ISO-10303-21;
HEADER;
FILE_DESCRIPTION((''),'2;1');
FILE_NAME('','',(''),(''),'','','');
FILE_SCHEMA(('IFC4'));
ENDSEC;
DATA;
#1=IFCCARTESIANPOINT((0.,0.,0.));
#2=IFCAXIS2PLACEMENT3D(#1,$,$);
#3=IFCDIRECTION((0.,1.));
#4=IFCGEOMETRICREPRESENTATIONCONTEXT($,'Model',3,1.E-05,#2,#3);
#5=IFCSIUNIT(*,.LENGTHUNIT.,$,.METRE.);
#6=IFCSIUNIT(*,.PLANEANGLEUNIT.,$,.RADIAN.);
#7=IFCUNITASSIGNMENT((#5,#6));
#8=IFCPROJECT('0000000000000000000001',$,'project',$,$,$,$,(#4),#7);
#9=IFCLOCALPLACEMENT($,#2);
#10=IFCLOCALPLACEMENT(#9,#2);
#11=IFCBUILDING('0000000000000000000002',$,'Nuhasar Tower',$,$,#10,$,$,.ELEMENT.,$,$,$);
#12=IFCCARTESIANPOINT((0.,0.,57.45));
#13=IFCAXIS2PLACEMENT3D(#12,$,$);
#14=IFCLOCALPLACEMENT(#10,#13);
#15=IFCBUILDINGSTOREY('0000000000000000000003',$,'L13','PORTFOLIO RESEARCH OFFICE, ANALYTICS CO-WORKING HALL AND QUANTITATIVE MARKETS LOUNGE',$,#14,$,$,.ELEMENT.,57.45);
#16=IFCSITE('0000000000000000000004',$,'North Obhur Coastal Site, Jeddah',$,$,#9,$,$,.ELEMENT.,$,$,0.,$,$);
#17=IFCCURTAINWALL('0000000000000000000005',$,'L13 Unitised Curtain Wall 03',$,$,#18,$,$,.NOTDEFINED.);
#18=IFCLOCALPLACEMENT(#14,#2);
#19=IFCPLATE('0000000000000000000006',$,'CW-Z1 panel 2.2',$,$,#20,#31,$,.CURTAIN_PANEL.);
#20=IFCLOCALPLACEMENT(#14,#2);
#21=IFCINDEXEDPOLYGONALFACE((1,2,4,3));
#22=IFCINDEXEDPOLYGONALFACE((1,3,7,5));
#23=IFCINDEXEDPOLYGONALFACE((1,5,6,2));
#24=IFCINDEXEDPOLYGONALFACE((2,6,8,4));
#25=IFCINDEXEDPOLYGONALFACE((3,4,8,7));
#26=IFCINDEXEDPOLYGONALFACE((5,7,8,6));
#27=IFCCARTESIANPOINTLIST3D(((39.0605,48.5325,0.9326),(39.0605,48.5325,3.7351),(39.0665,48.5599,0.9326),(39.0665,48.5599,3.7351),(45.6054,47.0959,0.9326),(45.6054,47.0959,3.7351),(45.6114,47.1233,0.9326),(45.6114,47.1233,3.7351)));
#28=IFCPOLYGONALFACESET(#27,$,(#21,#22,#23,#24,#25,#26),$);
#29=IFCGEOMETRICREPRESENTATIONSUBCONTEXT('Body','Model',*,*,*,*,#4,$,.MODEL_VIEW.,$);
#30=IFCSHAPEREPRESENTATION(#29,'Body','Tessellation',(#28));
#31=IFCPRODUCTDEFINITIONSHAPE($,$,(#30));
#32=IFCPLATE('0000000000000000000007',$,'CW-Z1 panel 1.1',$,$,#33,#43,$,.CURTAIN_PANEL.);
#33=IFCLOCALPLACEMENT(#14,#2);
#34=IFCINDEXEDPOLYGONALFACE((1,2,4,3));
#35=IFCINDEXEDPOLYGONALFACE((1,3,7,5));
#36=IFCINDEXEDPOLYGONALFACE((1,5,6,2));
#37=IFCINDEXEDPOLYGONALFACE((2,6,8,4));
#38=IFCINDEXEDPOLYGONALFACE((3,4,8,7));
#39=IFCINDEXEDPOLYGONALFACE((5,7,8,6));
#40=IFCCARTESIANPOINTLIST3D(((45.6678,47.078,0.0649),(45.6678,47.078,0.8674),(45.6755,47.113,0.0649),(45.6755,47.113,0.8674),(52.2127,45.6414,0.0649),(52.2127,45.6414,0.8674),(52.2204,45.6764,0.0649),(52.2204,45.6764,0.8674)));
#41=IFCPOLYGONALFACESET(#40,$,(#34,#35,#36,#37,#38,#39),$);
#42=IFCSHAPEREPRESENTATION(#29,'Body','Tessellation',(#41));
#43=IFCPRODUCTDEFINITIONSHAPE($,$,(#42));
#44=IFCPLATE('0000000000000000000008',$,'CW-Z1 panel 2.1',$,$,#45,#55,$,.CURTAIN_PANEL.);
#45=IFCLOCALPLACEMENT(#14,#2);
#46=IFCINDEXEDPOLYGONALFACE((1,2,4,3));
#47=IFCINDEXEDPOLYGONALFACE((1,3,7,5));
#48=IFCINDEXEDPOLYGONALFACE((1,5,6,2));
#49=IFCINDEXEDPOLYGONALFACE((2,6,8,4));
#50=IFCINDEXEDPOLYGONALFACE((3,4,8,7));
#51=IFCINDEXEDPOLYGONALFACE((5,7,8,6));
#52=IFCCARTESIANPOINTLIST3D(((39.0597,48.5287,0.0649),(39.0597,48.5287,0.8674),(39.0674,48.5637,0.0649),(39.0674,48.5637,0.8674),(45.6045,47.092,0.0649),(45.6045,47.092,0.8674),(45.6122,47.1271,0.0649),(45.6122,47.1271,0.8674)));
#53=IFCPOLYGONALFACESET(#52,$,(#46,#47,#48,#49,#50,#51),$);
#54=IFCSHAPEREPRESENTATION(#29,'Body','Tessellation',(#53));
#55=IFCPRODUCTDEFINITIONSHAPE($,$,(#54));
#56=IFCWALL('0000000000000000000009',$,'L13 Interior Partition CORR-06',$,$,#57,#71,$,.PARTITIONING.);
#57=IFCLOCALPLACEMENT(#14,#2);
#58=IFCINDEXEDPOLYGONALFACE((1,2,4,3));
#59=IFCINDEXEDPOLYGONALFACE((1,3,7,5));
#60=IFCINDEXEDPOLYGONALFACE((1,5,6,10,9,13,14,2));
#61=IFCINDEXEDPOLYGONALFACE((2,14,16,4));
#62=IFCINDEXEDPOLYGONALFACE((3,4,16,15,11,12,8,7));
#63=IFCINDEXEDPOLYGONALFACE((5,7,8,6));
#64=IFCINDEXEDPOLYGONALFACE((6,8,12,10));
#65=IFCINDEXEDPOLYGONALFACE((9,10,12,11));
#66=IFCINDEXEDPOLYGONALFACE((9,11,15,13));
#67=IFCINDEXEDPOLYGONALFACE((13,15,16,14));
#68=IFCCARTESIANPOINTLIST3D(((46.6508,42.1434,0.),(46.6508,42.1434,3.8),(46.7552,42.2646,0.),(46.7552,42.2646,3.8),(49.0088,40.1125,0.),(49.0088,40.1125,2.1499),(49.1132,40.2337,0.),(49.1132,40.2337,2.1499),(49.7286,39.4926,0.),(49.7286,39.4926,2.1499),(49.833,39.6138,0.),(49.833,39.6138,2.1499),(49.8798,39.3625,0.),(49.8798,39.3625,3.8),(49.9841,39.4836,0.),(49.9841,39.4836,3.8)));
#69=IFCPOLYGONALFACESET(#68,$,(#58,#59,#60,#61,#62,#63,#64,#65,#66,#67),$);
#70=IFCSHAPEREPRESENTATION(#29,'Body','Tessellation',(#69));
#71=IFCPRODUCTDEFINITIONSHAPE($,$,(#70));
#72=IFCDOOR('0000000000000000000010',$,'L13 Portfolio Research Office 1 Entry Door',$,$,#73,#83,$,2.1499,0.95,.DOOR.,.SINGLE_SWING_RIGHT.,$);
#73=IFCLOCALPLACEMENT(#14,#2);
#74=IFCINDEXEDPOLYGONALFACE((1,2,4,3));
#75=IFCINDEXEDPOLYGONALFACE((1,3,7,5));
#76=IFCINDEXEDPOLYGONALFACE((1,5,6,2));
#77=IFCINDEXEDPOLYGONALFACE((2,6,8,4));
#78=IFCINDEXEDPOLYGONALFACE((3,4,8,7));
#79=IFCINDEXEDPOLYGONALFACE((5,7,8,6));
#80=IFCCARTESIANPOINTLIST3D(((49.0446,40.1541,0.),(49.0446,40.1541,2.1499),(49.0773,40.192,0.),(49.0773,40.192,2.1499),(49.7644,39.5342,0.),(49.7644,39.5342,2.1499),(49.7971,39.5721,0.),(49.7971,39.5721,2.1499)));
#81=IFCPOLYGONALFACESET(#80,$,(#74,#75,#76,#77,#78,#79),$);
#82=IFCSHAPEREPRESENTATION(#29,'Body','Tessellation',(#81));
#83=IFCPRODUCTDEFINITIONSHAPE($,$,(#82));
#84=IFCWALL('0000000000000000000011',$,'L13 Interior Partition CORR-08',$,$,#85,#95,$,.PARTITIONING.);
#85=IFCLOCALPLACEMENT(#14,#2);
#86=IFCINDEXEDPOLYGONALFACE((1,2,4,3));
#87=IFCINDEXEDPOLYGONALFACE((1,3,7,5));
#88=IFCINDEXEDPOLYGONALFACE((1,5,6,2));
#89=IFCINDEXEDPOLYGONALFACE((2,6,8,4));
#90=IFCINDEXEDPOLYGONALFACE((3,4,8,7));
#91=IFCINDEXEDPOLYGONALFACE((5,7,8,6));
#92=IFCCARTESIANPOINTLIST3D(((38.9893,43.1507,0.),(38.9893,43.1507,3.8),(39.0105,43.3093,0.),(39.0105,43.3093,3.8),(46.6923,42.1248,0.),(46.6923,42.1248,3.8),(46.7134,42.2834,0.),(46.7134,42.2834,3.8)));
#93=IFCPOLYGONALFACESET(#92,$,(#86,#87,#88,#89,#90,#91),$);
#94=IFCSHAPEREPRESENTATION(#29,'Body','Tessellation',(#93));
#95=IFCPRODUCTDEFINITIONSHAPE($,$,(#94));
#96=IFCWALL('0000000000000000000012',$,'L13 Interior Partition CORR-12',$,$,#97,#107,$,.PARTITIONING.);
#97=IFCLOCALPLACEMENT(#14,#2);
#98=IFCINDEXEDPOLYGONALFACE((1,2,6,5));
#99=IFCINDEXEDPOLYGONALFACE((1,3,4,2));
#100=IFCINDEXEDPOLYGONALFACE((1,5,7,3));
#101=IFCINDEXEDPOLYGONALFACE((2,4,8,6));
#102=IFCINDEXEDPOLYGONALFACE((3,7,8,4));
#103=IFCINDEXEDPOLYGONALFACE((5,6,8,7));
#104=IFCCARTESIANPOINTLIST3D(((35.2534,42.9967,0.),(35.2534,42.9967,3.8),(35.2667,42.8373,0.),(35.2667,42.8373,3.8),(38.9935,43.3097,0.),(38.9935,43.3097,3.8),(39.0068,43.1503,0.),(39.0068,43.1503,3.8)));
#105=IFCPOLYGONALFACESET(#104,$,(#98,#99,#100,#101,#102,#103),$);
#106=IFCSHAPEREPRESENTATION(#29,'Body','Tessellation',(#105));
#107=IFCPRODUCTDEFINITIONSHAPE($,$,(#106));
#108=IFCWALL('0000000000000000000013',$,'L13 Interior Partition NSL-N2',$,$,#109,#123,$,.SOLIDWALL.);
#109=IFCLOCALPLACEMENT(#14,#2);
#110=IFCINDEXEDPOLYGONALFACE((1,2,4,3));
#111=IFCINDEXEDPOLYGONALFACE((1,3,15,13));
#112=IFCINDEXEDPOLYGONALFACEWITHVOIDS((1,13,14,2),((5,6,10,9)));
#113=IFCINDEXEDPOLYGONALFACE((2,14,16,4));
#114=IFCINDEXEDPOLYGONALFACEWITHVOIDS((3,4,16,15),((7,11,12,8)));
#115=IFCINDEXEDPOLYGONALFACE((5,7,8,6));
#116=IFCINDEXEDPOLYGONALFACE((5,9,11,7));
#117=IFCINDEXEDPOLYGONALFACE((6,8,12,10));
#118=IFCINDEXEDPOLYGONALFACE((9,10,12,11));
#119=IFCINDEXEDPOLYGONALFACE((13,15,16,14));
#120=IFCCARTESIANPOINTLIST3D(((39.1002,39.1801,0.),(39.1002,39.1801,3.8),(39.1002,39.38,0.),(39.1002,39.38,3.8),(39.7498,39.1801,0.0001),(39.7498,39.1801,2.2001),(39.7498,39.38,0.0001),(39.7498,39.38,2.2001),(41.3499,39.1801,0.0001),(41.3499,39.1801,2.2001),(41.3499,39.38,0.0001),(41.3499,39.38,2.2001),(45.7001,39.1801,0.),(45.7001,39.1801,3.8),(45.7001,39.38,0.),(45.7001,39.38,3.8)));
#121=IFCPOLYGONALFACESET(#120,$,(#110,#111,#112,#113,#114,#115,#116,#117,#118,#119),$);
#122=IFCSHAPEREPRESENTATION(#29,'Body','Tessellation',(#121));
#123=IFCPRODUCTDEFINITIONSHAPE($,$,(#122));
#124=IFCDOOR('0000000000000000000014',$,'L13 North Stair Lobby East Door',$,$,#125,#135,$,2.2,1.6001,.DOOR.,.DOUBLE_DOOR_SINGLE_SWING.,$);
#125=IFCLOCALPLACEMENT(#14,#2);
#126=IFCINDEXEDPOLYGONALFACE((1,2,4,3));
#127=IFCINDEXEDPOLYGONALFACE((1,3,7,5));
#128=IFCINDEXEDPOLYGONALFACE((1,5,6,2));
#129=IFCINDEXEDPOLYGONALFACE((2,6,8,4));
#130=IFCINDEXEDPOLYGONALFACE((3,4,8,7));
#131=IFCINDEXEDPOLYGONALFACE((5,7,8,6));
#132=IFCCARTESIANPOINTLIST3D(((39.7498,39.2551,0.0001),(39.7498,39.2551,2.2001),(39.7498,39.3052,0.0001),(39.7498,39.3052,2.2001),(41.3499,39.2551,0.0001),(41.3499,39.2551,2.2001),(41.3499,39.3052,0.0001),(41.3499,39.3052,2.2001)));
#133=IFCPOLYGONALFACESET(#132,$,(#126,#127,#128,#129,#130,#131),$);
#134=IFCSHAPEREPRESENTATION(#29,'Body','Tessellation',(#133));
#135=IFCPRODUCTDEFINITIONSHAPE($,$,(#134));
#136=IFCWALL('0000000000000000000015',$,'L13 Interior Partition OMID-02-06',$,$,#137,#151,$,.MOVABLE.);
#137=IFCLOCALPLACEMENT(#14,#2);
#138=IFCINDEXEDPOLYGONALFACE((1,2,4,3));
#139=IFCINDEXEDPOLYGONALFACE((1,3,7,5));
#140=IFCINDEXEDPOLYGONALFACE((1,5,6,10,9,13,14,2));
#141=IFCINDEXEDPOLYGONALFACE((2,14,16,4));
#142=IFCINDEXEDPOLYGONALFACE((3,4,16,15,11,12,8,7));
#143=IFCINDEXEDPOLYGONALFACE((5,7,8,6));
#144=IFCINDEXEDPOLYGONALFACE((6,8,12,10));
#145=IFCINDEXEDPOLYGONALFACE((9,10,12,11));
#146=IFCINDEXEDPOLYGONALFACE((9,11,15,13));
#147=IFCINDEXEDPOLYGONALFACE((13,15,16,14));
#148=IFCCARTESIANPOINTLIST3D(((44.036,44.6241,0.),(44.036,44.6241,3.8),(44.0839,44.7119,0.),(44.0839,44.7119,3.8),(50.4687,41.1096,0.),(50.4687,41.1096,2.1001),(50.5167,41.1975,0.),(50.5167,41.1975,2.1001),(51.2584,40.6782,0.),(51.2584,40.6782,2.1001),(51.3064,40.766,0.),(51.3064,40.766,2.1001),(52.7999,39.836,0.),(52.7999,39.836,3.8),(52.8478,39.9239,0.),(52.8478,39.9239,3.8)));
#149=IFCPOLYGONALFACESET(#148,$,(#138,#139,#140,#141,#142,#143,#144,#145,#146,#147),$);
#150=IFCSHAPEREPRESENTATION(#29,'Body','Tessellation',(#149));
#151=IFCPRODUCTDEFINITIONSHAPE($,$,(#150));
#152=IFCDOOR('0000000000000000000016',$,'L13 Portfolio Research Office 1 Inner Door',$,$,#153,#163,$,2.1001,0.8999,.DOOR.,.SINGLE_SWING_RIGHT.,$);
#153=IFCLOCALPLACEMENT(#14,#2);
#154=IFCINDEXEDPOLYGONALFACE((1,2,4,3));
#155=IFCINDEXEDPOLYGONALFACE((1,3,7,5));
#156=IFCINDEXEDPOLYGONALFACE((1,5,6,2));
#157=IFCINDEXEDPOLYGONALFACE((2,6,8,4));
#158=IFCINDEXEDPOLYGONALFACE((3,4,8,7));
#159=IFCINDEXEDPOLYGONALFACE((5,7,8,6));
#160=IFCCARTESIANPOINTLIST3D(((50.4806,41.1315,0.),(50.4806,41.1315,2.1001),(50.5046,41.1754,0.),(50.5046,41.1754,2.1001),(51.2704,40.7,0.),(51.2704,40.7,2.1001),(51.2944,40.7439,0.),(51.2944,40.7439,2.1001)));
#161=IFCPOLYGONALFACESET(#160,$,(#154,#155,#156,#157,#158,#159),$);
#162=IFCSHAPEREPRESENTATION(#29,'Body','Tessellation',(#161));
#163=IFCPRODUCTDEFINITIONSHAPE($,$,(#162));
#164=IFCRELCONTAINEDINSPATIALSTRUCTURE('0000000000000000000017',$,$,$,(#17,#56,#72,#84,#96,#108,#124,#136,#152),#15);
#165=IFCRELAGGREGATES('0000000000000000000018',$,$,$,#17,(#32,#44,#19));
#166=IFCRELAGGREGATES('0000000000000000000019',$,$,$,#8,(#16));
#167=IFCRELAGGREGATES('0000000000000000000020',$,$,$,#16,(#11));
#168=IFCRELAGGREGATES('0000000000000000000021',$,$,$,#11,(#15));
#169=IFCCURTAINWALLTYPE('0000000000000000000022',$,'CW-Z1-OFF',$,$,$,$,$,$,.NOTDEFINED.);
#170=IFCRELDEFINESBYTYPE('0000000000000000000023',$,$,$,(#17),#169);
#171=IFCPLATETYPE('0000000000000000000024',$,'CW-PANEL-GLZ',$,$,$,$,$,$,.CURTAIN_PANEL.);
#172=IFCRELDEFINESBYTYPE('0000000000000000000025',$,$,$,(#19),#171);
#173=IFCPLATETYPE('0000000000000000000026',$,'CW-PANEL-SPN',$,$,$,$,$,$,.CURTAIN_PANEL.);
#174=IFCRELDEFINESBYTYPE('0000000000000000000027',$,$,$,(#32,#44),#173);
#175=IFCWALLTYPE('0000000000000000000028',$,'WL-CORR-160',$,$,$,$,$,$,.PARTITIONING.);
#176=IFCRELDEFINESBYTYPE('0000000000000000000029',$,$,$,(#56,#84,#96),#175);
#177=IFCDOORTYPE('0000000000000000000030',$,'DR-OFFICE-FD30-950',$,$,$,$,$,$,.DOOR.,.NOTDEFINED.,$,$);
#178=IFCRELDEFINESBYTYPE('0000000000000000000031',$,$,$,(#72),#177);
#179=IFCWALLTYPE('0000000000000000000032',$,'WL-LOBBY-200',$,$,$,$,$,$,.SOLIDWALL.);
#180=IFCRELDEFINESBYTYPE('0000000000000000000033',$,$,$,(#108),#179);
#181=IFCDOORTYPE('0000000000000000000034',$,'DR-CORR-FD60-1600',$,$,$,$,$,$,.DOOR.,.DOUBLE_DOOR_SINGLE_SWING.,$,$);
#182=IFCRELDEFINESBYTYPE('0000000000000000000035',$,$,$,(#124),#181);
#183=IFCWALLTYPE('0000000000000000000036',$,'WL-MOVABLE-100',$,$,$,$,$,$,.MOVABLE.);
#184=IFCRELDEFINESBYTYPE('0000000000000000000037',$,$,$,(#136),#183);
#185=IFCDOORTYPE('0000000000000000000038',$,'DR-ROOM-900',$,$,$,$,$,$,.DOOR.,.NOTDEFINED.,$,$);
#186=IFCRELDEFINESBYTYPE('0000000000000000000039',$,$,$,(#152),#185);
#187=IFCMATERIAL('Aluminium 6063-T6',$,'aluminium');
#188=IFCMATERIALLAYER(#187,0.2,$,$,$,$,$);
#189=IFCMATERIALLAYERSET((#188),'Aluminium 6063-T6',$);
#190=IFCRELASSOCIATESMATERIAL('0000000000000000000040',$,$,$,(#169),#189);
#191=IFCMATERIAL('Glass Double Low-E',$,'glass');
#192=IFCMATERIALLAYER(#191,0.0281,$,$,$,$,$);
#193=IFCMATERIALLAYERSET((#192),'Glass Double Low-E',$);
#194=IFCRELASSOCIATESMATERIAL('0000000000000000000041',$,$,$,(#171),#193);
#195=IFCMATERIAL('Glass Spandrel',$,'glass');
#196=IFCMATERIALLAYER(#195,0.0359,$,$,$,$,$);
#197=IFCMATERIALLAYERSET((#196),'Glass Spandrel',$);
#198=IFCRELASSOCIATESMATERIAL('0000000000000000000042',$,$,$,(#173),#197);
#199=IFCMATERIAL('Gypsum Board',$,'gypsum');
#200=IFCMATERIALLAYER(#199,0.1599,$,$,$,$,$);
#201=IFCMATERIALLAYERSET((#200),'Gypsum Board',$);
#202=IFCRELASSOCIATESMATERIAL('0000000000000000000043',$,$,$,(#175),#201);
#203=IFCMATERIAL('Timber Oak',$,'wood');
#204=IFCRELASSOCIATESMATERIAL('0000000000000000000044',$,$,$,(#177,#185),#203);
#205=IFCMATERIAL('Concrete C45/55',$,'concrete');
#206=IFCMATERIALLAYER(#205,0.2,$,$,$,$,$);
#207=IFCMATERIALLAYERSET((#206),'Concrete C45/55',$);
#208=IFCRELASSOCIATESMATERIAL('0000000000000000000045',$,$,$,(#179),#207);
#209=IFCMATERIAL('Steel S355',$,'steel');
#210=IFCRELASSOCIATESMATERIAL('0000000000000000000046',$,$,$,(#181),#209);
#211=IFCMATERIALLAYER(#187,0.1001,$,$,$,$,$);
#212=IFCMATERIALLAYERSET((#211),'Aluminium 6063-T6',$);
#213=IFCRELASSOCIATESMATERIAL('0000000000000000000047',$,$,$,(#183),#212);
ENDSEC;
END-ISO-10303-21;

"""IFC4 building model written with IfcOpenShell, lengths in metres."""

from ifc_helpers import new_model, si_unit, direction, frame, frame_2d, origin, origin_2d, place, context, subcontext, project, spatial, rectangle, extrude, material, layer, layer_set, type_object, element, fill, aggregate, save


model = new_model("IFC4")

# Units and contexts
model_context = context("Model", 3, precision=1e-05, world=origin(), true_north=direction((0.0, 1.0)))
body_context = subcontext(model_context, "Body", "Model", "MODEL_VIEW")
ifc_project = project(units=[si_unit("LENGTHUNIT", "METRE"), si_unit("PLANEANGLEUNIT", "RADIAN")], contexts=[model_context])

# Site, building, storey
site_placement = place(None, origin())
site = spatial("IfcSite", under=ifc_project, at=site_placement, Name="North Obhur Coastal Site, Jeddah", CompositionType="ELEMENT", RefElevation=0.0)
building_placement = place(site_placement, origin())
building = spatial("IfcBuilding", under=site, at=building_placement, Name="Nuhasar Tower", CompositionType="ELEMENT")
storey_placement = place(building_placement, frame((0.0, 0.0, 57.45)))
storey = spatial("IfcBuildingStorey", under=building, at=storey_placement, Name="L13", Description="PORTFOLIO RESEARCH OFFICE, ANALYTICS CO-WORKING HALL AND QUANTITATIVE MARKETS LOUNGE", CompositionType="ELEMENT", Elevation=57.45)

# Shared definitions
ifc_material_1 = material(Name="Steel S355", Category="steel")

# Curtain wall
ifc_material_2 = material(Name="Aluminium 6063-T6", Category="aluminium")
ifc_layer_1 = layer(ifc_material_2, 0.2)
ifc_layer_set_1 = layer_set([ifc_layer_1], Name="Aluminium 6063-T6")
curtain_wall_type = type_object("IfcCurtainWallType", Name="CW-Z1-OFF", PredefinedType="NOTDEFINED", material=ifc_layer_set_1)
curtain_wall_placement = place(storey_placement, origin())
curtain_wall = element("IfcCurtainWall", 1, at=curtain_wall_placement, inside=storey, type_object=curtain_wall_type, Name="L13 Unitised Curtain Wall 03", PredefinedType="NOTDEFINED")

# Plates
ifc_material_3 = material(Name="Glass Double Low-E", Category="glass")
ifc_layer_2 = layer(ifc_material_3, 0.0281)
ifc_layer_set_2 = layer_set([ifc_layer_2], Name="Glass Double Low-E")
plate_type_1 = type_object("IfcPlateType", Name="CW-PANEL-GLZ", PredefinedType="CURTAIN_PANEL", material=ifc_layer_set_2)
plate_1_placement = place(storey_placement, frame((42.3359, 47.8279, 0.9326), z_axis=(0.0, 0.0, 1.0), x_axis=(-0.976746, 0.214399, 0.0)))
plate_1 = element("IfcPlate", 2, at=plate_1_placement, type_object=plate_type_1, Name="CW-Z1 panel 2.2", PredefinedType="CURTAIN_PANEL", context=body_context, shape_type="SweptSolid", body=[
    extrude(rectangle(XDim=6.7007, YDim=0.0281, at=origin_2d()), origin(), (0.0, 0.0, 1.0), 2.8025),
])
ifc_material_4 = material(Name="Glass Spandrel", Category="glass")
ifc_layer_3 = layer(ifc_material_4, 0.0359)
ifc_layer_set_3 = layer_set([ifc_layer_3], Name="Glass Spandrel")
plate_type_2 = type_object("IfcPlateType", Name="CW-PANEL-SPN", PredefinedType="CURTAIN_PANEL", material=ifc_layer_set_3)
plate_2_placement = place(storey_placement, frame((48.9441, 46.3772, 0.0649), z_axis=(0.0, 0.0, 1.0), x_axis=(-0.976746, 0.214399, 0.0)))
plate_2 = element("IfcPlate", 3, at=plate_2_placement, type_object=plate_type_2, Name="CW-Z1 panel 1.1", PredefinedType="CURTAIN_PANEL", context=body_context, shape_type="SweptSolid", body=[
    extrude(rectangle(XDim=6.7007, YDim=0.0359, at=origin_2d()), origin(), (0.0, 0.0, 1.0), 0.8025),
])
plate_3_placement = place(storey_placement, frame((42.3359, 47.8279, 0.0649), z_axis=(0.0, 0.0, 1.0), x_axis=(-0.976746, 0.214399, 0.0)))
plate_3 = element("IfcPlate", 4, at=plate_3_placement, type_object=plate_type_2, Name="CW-Z1 panel 2.1", PredefinedType="CURTAIN_PANEL", context=body_context, shape_type="SweptSolid", body=[
    extrude(rectangle(XDim=6.7007, YDim=0.0359, at=origin_2d()), origin(), (0.0, 0.0, 1.0), 0.8025),
])
aggregate(curtain_wall, [plate_2, plate_3, plate_1])

# Wall, opening, door
ifc_material_5 = material(Name="Gypsum Board", Category="gypsum")
ifc_layer_4 = layer(ifc_material_5, 0.1599)
ifc_layer_set_4 = layer_set([ifc_layer_4], Name="Gypsum Board")
wall_type_1 = type_object("IfcWallType", Name="WL-CORR-160", PredefinedType="PARTITIONING", material=ifc_layer_set_4)
wall_1_placement = place(storey_placement, frame((46.7029, 42.2041, 0.0), z_axis=(0.0, 0.0, 1.0), x_axis=(0.757714, -0.652587, 0.0)))
wall_1 = element("IfcWall", 5, at=wall_1_placement, inside=storey, type_object=wall_type_1, Name="L13 Interior Partition CORR-06", PredefinedType="PARTITIONING", context=body_context, shape_type="SweptSolid", body=[
    extrude(rectangle(XDim=4.2615, YDim=0.1599, at=frame_2d((2.1309, 0.0))), origin(), (0.0, 0.0, 1.0), 3.8),
])
opening_1_placement = place(wall_1_placement, frame((3.1121, 0.0, 0.0)))
opening_1 = element("IfcOpeningElement", 6, at=opening_1_placement, cuts=wall_1, PredefinedType="OPENING", context=body_context, shape_type="SweptSolid", body=[
    extrude(rectangle(XDim=0.95, YDim=2.1499, at=frame_2d((0.4751, 1.075))), frame((0.0, 0.0898, 0.0), z_axis=(0.0, -1.0, 0.0), x_axis=(1.0, 0.0, 0.0)), (0.0, 0.0, 1.0), 0.1799),
])
ifc_material_6 = material(Name="Timber Oak", Category="wood")
door_type_1 = type_object("IfcDoorType", Name="DR-OFFICE-FD30-950", OperationType="NOTDEFINED", PredefinedType="DOOR", material=ifc_material_6)
door_1_placement = place(opening_1_placement, origin())
door_1 = element("IfcDoor", 7, at=door_1_placement, inside=storey, type_object=door_type_1, Name="L13 Portfolio Research Office 1 Entry Door", OperationType="SINGLE_SWING_RIGHT", OverallHeight=2.1499, OverallWidth=0.95, PredefinedType="DOOR", context=body_context, shape_type="SweptSolid", body=[
    extrude(rectangle(XDim=0.95, YDim=2.1499, at=frame_2d((0.4751, 1.075))), frame((0.0, 0.0249, 0.0), z_axis=(0.0, -1.0, 0.0), x_axis=(1.0, 0.0, 0.0)), (0.0, 0.0, 1.0), 0.05),
])
fill(opening_1, door_1)

# Walls
wall_2_placement = place(storey_placement, frame((46.7029, 42.2041, 0.0), z_axis=(0.0, 0.0, 1.0), x_axis=(-0.991248, 0.132016, 0.0)))
element("IfcWall", 8, at=wall_2_placement, inside=storey, type_object=wall_type_1, Name="L13 Interior Partition CORR-08", PredefinedType="PARTITIONING", context=body_context, shape_type="SweptSolid", body=[
    extrude(rectangle(XDim=7.771, YDim=0.1599, at=frame_2d((3.8855, 0.0))), origin(), (0.0, 0.0, 1.0), 3.8),
])
wall_3_placement = place(storey_placement, frame((39.0, 43.23, 0.0), z_axis=(0.0, 0.0, 1.0), x_axis=(-0.996517, -0.083395, 0.0)))
element("IfcWall", 9, at=wall_3_placement, inside=storey, type_object=wall_type_1, Name="L13 Interior Partition CORR-12", PredefinedType="PARTITIONING", context=body_context, shape_type="SweptSolid", body=[
    extrude(rectangle(XDim=3.7532, YDim=0.1599, at=frame_2d((1.8765, 0.0))), origin(), (0.0, 0.0, 1.0), 3.8),
])

# Walls, openings, doors
ifc_material_7 = material(Name="Concrete C45/55", Category="concrete")
ifc_layer_5 = layer(ifc_material_7, 0.2)
ifc_layer_set_5 = layer_set([ifc_layer_5], Name="Concrete C45/55")
wall_type_2 = type_object("IfcWallType", Name="WL-LOBBY-200", PredefinedType="SOLIDWALL", material=ifc_layer_set_5)
wall_4_placement = place(storey_placement, frame((45.7, 39.28, 0.0), z_axis=(0.0, 0.0, 1.0), x_axis=(-1.0, 0.0, 0.0)))
wall_4 = element("IfcWall", 10, at=wall_4_placement, inside=storey, type_object=wall_type_2, Name="L13 Interior Partition NSL-N2", PredefinedType="SOLIDWALL", context=body_context, shape_type="SweptSolid", body=[
    extrude(rectangle(XDim=6.5999, YDim=0.2, at=frame_2d((3.2998, 0.0))), origin(), (0.0, 0.0, 1.0), 3.8),
])
opening_2_placement = place(wall_4_placement, frame((4.3501, 0.0, 0.0)))
opening_2 = element("IfcOpeningElement", 11, at=opening_2_placement, cuts=wall_4, PredefinedType="OPENING", context=body_context, shape_type="SweptSolid", body=[
    extrude(rectangle(XDim=1.6001, YDim=2.2, at=frame_2d((0.8, 1.1001))), frame((0.0, 0.1099, 0.0), z_axis=(0.0, -1.0, 0.0), x_axis=(1.0, 0.0, 0.0)), (0.0, 0.0, 1.0), 0.22),
])
door_type_2 = type_object("IfcDoorType", Name="DR-CORR-FD60-1600", OperationType="DOUBLE_DOOR_SINGLE_SWING", PredefinedType="DOOR", material=ifc_material_1)
door_2_placement = place(opening_2_placement, origin())
door_2 = element("IfcDoor", 12, at=door_2_placement, inside=storey, type_object=door_type_2, Name="L13 North Stair Lobby East Door", OperationType="DOUBLE_DOOR_SINGLE_SWING", OverallHeight=2.2, OverallWidth=1.6001, PredefinedType="DOOR", context=body_context, shape_type="SweptSolid", body=[
    extrude(rectangle(XDim=1.6001, YDim=2.2, at=frame_2d((0.8, 1.1001))), frame((0.0, 0.0249, 0.0), z_axis=(0.0, -1.0, 0.0), x_axis=(1.0, 0.0, 0.0)), (0.0, 0.0, 1.0), 0.05),
])
fill(opening_2, door_2)
ifc_layer_6 = layer(ifc_material_2, 0.1001)
ifc_layer_set_6 = layer_set([ifc_layer_6], Name="Aluminium 6063-T6")
wall_type_3 = type_object("IfcWallType", Name="WL-MOVABLE-100", PredefinedType="MOVABLE", material=ifc_layer_set_6)
wall_5_placement = place(storey_placement, frame((44.0601, 44.668, 0.0), z_axis=(0.0, 0.0, 1.0), x_axis=(0.877568, -0.479452, 0.0)))
wall_5 = element("IfcWall", 13, at=wall_5_placement, inside=storey, type_object=wall_type_3, Name="L13 Interior Partition OMID-02-06", PredefinedType="MOVABLE", context=body_context, shape_type="SweptSolid", body=[
    extrude(rectangle(XDim=9.9866, YDim=0.1001, at=frame_2d((4.9932, 0.0))), origin(), (0.0, 0.0, 1.0), 3.8),
])
opening_3_placement = place(wall_5_placement, frame((7.3301, 0.0, 0.0)))
opening_3 = element("IfcOpeningElement", 14, at=opening_3_placement, cuts=wall_5, PredefinedType="OPENING", context=body_context, shape_type="SweptSolid", body=[
    extrude(rectangle(XDim=0.8999, YDim=2.1001, at=frame_2d((0.45, 1.05))), frame((0.0, 0.0601, 0.0), z_axis=(0.0, -1.0, 0.0), x_axis=(1.0, 0.0, 0.0)), (0.0, 0.0, 1.0), 0.1201),
])
door_type_3 = type_object("IfcDoorType", Name="DR-ROOM-900", OperationType="NOTDEFINED", PredefinedType="DOOR", material=ifc_material_6)
door_3_placement = place(opening_3_placement, origin())
door_3 = element("IfcDoor", 15, at=door_3_placement, inside=storey, type_object=door_type_3, Name="L13 Portfolio Research Office 1 Inner Door", OperationType="SINGLE_SWING_RIGHT", OverallHeight=2.1001, OverallWidth=0.8999, PredefinedType="DOOR", context=body_context, shape_type="SweptSolid", body=[
    extrude(rectangle(XDim=0.8999, YDim=2.1001, at=frame_2d((0.45, 1.05))), frame((0.0, 0.0249, 0.0), z_axis=(0.0, -1.0, 0.0), x_axis=(1.0, 0.0, 0.0)), (0.0, 0.0, 1.0), 0.05),
])
fill(opening_3, door_3)

save(model, "model.ifc")
